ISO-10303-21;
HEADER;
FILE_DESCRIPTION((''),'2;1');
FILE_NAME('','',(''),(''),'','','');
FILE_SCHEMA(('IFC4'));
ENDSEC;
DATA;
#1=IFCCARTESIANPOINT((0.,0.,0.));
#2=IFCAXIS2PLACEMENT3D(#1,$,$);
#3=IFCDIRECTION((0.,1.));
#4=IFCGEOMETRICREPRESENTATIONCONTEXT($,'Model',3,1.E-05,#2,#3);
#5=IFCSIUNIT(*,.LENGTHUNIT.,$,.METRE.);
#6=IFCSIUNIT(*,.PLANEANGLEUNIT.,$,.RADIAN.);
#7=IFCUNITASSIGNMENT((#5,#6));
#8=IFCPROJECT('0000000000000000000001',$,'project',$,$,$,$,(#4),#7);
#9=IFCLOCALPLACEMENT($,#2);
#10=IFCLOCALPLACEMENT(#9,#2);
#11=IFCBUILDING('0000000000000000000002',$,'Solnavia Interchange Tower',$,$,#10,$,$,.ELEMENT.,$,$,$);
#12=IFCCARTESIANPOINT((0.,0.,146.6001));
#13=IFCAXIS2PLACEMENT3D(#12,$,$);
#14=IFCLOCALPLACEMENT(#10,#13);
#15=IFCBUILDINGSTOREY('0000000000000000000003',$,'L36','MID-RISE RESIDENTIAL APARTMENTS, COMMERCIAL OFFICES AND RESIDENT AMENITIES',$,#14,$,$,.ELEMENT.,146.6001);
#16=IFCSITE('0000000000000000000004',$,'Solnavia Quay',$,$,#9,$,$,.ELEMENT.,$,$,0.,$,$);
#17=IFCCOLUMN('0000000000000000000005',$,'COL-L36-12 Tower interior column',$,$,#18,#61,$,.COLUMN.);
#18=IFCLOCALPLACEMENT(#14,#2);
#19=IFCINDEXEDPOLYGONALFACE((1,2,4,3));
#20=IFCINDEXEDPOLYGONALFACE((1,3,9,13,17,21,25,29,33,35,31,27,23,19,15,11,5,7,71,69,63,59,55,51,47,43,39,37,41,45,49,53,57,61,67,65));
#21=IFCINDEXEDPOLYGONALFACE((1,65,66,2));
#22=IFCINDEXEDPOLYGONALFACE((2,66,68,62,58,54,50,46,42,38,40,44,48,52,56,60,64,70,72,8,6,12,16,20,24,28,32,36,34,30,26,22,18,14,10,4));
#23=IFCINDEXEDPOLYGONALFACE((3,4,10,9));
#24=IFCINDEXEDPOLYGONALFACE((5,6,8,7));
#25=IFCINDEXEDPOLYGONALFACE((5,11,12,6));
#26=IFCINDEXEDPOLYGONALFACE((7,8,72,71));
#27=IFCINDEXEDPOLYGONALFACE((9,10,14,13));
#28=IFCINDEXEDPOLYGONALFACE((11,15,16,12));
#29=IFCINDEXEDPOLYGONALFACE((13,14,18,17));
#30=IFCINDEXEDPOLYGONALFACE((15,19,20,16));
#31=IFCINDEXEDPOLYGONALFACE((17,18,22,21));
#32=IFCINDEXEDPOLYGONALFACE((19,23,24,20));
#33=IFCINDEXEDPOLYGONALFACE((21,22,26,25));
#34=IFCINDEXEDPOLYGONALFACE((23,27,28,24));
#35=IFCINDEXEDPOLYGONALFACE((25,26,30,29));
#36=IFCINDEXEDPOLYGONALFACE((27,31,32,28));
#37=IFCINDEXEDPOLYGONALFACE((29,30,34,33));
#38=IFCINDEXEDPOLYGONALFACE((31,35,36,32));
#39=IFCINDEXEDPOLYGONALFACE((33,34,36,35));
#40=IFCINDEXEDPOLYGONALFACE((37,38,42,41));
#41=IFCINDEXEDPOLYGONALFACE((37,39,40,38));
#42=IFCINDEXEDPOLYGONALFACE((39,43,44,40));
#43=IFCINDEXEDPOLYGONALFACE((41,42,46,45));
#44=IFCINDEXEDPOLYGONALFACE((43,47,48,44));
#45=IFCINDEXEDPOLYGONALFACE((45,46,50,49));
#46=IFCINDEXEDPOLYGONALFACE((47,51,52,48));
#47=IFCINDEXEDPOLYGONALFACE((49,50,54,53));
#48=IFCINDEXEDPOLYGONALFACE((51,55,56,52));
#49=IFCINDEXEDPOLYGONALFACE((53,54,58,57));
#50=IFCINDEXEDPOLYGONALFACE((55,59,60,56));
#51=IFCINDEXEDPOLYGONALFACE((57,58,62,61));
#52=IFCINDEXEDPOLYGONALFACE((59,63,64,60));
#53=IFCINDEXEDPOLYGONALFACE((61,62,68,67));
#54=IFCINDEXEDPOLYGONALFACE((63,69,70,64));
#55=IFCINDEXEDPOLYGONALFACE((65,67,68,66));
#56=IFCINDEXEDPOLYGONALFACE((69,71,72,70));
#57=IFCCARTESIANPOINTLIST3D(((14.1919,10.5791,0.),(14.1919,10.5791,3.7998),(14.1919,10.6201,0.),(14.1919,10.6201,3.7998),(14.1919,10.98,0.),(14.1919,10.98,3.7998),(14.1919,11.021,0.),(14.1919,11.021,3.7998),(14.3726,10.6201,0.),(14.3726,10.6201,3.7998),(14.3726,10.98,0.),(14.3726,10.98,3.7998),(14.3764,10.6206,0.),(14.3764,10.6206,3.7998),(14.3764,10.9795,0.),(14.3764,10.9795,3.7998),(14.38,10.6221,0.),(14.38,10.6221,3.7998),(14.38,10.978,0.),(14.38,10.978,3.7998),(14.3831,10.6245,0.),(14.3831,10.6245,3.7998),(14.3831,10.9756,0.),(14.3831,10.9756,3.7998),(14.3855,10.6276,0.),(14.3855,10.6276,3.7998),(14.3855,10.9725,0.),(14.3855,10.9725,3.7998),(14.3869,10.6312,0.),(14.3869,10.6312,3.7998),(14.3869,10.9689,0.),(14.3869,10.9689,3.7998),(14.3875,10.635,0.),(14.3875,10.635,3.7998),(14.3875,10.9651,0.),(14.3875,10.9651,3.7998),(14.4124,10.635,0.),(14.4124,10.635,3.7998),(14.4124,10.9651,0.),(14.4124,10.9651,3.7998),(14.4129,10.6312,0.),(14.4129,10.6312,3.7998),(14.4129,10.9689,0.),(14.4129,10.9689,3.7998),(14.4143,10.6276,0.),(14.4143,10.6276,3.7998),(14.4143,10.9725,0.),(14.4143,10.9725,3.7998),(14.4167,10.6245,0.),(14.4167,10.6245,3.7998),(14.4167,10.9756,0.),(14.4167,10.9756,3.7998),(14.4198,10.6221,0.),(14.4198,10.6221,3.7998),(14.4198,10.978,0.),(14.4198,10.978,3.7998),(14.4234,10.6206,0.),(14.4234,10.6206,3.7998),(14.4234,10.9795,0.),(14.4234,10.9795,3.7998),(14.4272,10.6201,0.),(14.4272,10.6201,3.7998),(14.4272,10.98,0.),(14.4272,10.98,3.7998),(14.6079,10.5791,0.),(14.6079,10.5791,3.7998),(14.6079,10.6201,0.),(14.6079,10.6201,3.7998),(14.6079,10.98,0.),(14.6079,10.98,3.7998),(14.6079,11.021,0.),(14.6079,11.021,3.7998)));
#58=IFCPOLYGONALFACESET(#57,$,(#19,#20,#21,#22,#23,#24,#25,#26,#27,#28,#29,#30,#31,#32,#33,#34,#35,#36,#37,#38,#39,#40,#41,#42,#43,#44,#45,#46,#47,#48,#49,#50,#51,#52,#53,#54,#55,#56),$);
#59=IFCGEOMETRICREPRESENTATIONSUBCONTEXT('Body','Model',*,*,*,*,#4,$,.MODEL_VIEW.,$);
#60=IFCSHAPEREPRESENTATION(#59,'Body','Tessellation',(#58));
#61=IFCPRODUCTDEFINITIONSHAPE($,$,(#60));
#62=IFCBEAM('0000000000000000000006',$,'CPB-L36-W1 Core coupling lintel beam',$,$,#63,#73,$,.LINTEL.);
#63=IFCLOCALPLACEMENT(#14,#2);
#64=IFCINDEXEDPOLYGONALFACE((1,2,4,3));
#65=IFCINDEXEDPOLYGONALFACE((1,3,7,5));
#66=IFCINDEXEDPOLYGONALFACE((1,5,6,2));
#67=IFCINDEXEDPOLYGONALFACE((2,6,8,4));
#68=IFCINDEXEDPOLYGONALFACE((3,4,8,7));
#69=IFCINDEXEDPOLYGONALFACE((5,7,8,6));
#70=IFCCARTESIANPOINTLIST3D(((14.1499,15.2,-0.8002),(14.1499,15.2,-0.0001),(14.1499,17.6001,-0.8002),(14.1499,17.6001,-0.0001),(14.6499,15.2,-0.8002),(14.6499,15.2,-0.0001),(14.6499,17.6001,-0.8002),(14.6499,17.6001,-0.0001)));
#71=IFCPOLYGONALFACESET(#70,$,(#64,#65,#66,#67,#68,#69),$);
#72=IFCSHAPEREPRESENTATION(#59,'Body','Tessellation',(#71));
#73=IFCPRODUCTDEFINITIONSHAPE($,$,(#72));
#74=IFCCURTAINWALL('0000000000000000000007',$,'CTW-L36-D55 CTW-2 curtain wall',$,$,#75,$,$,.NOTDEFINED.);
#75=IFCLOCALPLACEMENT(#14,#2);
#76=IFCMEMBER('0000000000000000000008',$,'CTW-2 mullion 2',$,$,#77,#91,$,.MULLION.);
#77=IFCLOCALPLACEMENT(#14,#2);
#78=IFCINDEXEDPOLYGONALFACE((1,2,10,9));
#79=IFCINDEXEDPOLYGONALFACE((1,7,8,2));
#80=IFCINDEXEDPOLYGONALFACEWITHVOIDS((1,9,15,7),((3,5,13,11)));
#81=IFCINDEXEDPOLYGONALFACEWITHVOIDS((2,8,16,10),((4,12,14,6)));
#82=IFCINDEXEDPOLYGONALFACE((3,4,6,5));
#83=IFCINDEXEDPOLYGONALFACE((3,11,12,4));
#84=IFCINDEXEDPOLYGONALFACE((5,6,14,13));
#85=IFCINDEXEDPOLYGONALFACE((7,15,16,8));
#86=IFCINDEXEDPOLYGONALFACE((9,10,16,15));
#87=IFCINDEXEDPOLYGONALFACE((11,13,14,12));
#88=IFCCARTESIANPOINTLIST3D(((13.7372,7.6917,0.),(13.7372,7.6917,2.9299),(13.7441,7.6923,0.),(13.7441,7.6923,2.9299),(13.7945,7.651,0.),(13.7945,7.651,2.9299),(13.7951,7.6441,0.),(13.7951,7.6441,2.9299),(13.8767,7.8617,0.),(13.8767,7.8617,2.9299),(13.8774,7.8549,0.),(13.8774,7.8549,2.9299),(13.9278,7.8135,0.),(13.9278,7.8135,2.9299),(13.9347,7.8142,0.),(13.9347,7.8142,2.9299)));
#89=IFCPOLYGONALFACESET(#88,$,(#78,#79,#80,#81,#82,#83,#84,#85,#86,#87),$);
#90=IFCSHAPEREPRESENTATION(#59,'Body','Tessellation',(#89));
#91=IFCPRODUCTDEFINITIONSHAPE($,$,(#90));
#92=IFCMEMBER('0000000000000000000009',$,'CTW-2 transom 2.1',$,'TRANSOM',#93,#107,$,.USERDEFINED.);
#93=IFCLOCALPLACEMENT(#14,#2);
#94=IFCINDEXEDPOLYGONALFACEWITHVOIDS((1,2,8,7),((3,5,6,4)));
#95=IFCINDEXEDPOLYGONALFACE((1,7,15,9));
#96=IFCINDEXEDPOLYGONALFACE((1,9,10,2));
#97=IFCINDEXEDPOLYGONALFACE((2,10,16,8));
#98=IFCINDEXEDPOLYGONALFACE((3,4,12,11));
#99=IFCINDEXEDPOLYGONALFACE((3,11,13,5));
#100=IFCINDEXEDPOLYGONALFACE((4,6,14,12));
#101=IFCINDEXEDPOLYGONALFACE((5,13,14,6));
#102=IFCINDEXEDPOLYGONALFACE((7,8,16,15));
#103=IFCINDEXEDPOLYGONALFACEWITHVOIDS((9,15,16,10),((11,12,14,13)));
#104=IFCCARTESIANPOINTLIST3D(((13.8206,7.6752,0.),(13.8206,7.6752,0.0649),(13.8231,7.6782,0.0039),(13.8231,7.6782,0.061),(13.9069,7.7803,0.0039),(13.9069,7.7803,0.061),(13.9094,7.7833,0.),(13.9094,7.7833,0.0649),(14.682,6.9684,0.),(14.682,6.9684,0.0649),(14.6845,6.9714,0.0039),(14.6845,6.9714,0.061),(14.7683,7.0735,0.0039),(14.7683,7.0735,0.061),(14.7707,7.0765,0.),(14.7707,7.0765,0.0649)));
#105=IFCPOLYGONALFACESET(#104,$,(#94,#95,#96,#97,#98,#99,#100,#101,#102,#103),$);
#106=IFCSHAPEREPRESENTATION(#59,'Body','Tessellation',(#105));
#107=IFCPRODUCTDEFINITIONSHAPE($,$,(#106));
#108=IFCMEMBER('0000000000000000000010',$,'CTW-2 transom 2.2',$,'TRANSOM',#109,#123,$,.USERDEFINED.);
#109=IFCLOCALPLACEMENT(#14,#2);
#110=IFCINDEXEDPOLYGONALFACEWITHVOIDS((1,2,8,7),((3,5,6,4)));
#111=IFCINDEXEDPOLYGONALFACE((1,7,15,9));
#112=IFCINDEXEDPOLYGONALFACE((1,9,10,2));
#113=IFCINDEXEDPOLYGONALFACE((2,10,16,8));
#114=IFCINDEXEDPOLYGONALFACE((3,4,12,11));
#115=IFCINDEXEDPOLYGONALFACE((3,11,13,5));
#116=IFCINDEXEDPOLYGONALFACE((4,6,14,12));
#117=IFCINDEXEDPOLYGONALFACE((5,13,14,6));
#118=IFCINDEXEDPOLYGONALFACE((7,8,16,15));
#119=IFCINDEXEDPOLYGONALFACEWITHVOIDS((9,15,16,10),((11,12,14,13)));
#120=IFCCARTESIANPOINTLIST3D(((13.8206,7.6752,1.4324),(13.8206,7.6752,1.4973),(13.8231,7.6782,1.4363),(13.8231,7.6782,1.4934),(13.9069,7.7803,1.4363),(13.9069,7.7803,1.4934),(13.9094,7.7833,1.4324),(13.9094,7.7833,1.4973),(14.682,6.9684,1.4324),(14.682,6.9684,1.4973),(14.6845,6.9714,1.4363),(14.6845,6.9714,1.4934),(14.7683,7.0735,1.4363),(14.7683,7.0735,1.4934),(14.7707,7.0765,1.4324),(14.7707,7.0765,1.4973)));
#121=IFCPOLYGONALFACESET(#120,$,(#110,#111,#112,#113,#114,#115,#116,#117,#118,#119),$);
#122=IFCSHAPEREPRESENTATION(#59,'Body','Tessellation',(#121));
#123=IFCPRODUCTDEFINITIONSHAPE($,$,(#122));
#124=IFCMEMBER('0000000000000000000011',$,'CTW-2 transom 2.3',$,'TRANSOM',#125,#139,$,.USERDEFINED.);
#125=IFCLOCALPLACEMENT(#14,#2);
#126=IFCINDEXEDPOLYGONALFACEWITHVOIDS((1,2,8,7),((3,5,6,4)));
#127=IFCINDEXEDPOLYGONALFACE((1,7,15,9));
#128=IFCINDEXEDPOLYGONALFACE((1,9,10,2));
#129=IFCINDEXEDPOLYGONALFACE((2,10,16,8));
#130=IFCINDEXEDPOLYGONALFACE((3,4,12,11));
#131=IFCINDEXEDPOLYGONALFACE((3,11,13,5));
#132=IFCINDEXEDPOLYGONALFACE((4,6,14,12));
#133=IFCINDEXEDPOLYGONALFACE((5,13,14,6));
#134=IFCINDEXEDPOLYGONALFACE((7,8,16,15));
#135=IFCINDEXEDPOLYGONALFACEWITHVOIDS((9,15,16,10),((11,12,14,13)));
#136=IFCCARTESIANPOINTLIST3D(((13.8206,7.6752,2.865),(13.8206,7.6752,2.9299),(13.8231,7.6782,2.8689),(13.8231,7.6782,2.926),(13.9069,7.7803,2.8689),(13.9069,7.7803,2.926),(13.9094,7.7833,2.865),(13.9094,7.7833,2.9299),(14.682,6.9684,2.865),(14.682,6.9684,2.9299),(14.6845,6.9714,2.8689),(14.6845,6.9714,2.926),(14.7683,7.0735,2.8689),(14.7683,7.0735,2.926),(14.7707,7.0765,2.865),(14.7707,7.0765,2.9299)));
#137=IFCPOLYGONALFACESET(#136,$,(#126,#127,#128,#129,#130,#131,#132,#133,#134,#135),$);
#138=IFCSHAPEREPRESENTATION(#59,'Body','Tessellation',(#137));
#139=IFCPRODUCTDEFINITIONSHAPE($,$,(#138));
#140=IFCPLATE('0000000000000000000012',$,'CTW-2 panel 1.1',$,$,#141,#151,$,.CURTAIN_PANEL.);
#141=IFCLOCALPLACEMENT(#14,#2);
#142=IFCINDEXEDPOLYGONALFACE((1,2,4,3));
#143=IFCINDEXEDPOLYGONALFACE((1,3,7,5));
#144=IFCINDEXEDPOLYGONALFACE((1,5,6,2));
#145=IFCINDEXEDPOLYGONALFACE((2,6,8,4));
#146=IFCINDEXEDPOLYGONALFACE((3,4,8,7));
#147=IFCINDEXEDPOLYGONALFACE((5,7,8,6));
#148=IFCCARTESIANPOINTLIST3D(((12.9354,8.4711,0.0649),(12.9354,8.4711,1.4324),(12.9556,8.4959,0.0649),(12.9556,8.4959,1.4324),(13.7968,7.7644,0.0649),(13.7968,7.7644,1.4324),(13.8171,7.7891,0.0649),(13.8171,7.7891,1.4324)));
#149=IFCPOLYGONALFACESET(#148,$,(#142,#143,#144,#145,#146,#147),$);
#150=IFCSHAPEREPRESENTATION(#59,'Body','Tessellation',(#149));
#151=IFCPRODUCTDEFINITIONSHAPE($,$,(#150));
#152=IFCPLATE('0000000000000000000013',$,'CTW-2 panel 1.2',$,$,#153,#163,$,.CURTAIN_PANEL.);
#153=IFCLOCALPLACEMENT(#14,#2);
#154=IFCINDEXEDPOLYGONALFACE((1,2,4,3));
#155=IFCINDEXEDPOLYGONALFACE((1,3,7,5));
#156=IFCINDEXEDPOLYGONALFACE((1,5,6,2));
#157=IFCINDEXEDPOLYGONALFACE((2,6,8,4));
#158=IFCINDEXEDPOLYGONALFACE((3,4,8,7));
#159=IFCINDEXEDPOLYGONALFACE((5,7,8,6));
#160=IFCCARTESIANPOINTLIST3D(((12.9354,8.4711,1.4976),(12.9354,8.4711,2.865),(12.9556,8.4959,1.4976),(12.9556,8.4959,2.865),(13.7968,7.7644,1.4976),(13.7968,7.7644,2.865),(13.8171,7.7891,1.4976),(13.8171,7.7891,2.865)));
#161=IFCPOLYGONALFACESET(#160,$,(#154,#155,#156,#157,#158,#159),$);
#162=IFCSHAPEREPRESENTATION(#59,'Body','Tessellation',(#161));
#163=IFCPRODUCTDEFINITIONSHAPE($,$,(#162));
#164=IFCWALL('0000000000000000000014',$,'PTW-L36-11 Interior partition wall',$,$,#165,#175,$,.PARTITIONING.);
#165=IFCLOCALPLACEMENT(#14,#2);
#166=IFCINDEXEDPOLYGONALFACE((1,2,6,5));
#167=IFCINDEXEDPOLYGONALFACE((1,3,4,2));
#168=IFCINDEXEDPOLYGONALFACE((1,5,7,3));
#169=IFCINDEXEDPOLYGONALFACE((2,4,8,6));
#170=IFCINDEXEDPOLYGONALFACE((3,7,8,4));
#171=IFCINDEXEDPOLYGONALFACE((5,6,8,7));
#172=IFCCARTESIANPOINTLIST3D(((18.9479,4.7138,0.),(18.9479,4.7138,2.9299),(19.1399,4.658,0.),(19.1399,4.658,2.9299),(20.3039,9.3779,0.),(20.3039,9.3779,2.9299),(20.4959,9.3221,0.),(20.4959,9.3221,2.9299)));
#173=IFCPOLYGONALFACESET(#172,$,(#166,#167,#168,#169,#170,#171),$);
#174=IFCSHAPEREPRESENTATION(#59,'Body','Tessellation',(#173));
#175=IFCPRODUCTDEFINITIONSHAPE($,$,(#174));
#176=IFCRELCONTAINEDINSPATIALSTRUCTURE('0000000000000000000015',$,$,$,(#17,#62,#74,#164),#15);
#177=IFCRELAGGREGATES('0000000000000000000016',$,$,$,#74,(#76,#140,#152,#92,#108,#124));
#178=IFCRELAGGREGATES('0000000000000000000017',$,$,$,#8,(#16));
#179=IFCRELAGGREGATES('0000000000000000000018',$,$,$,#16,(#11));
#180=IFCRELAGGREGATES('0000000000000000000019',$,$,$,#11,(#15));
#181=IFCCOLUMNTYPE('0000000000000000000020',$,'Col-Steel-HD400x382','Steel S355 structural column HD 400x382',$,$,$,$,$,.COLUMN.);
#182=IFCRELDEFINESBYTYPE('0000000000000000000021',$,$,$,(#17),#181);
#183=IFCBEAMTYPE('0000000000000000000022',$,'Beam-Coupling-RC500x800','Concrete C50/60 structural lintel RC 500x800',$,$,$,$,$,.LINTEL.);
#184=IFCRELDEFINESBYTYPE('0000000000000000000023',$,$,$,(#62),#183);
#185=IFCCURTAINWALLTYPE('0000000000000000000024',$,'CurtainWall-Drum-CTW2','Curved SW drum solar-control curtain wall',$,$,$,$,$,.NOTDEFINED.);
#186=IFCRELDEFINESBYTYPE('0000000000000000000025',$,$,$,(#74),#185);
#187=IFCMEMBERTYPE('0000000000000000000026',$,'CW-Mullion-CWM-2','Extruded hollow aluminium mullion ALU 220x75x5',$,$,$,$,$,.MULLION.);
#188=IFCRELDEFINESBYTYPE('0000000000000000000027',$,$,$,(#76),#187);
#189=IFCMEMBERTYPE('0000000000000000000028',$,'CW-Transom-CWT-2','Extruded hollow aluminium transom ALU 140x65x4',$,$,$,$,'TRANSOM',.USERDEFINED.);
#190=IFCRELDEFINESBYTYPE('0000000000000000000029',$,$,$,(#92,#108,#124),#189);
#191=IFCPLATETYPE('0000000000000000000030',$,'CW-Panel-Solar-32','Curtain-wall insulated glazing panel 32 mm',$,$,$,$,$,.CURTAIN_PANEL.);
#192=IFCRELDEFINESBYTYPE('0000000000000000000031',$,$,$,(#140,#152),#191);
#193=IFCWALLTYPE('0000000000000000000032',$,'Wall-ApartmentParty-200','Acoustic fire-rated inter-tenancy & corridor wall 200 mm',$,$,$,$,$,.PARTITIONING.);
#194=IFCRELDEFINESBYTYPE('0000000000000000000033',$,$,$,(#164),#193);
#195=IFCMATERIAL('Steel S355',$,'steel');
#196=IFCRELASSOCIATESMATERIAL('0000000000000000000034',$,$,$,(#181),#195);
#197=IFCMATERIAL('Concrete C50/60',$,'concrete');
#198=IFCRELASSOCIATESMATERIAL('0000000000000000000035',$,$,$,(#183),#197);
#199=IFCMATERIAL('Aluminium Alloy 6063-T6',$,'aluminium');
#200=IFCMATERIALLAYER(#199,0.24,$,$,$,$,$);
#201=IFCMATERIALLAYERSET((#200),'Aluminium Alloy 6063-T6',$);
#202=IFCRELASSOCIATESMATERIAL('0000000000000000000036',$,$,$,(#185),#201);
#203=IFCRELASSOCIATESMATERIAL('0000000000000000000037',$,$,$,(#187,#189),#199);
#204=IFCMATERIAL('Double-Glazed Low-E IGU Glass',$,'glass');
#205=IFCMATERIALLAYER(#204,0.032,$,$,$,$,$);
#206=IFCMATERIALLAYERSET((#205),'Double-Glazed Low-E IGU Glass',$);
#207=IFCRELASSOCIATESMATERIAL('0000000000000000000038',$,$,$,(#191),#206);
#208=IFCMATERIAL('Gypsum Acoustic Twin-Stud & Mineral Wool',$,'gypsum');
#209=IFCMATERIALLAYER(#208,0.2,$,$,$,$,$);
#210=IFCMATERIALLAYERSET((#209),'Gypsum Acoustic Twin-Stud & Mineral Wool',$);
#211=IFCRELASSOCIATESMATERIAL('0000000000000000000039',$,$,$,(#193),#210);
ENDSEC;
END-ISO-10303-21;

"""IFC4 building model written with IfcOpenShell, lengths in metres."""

from ifc_helpers import new_model, si_unit, direction, frame, frame_2d, origin, origin_2d, place, context, subcontext, project, spatial, rectangle, hollow_rectangle, i_section, extrude, material, layer, layer_set, material_profile, profile_set, type_object, element, aggregate, save


model = new_model("IFC4")

# Units and contexts
model_context = context("Model", 3, precision=1e-05, world=origin(), true_north=direction((0.0, 1.0)))
body_context = subcontext(model_context, "Body", "Model", "MODEL_VIEW")
ifc_project = project(units=[si_unit("LENGTHUNIT", "METRE"), si_unit("PLANEANGLEUNIT", "RADIAN")], contexts=[model_context])

# Site, building, storey
site_placement = place(None, origin())
site = spatial("IfcSite", under=ifc_project, at=site_placement, Name="Solnavia Quay", CompositionType="ELEMENT", RefElevation=0.0)
building_placement = place(site_placement, origin())
building = spatial("IfcBuilding", under=site, at=building_placement, Name="Solnavia Interchange Tower", CompositionType="ELEMENT")
storey_placement = place(building_placement, frame((0.0, 0.0, 146.6001)))
storey = spatial("IfcBuildingStorey", under=building, at=storey_placement, Name="L36", Description="MID-RISE RESIDENTIAL APARTMENTS, COMMERCIAL OFFICES AND RESIDENT AMENITIES", CompositionType="ELEMENT", Elevation=146.6001)

# Column
ifc_material_1 = material(Name="Steel S355", Category="steel")
ifc_material_profile_1 = material_profile(ifc_material_1, i_section(OverallWidth=0.416, OverallDepth=0.4419, WebThickness=0.0249, FlangeThickness=0.041, FilletRadius=0.0149, at=origin_2d()), Name="HD 400x382")
ifc_profile_set_1 = profile_set([ifc_material_profile_1], Name="Steel S355")
column_type = type_object("IfcColumnType", Name="Col-Steel-HD400x382", Description="Steel S355 structural column HD 400x382", PredefinedType="COLUMN", material=ifc_profile_set_1)
column_placement = place(storey_placement, frame((14.3999, 10.8, 0.0), z_axis=(0.0, 0.0, 1.0), x_axis=(1.0, 0.0, 0.0)))
element("IfcColumn", 1, at=column_placement, inside=storey, type_object=column_type, Name="COL-L36-12 Tower interior column", PredefinedType="COLUMN", context=body_context, shape_type="SweptSolid", body=[
    extrude(i_section(OverallWidth=0.416, OverallDepth=0.4419, WebThickness=0.0249, FlangeThickness=0.041, FilletRadius=0.0149, at=origin_2d()), origin(), (0.0, 0.0, 1.0), 3.7998),
])

# Beam
ifc_material_2 = material(Name="Concrete C50/60", Category="concrete")
ifc_material_profile_2 = material_profile(ifc_material_2, rectangle(XDim=0.5, YDim=0.8, at=origin_2d()), Name="RC 500x800")
ifc_profile_set_2 = profile_set([ifc_material_profile_2], Name="Concrete C50/60")
beam_type = type_object("IfcBeamType", Name="Beam-Coupling-RC500x800", Description="Concrete C50/60 structural lintel RC 500x800", PredefinedType="LINTEL", material=ifc_profile_set_2)
beam_placement = place(storey_placement, frame((14.3999, 15.2, -0.4001), z_axis=(0.0, 1.0, 0.0), x_axis=(-1.0, 0.0, 0.0)))
element("IfcBeam", 2, at=beam_placement, inside=storey, type_object=beam_type, Name="CPB-L36-W1 Core coupling lintel beam", PredefinedType="LINTEL", context=body_context, shape_type="SweptSolid", body=[
    extrude(rectangle(XDim=0.5, YDim=0.8, at=origin_2d()), origin(), (0.0, 0.0, 1.0), 2.4001),
])

# Curtain wall, members, plates
ifc_material_3 = material(Name="Aluminium Alloy 6063-T6", Category="aluminium")
ifc_layer_1 = layer(ifc_material_3, 0.24)
ifc_layer_set_1 = layer_set([ifc_layer_1], Name="Aluminium Alloy 6063-T6")
curtain_wall_type = type_object("IfcCurtainWallType", Name="CurtainWall-Drum-CTW2", Description="Curved SW drum solar-control curtain wall", PredefinedType="NOTDEFINED", material=ifc_layer_set_1)
curtain_wall_placement = place(storey_placement, origin())
curtain_wall = element("IfcCurtainWall", 3, at=curtain_wall_placement, inside=storey, type_object=curtain_wall_type, Name="CTW-L36-D55 CTW-2 curtain wall", PredefinedType="NOTDEFINED")
ifc_material_profile_3 = material_profile(ifc_material_3, hollow_rectangle(XDim=0.075, YDim=0.22, WallThickness=0.0049, at=origin_2d()), Name="ALU 220x75x5")
ifc_profile_set_3 = profile_set([ifc_material_profile_3], Name="Aluminium Alloy 6063-T6")
member_type_1 = type_object("IfcMemberType", Name="CW-Mullion-CWM-2", Description="Extruded hollow aluminium mullion ALU 220x75x5", PredefinedType="MULLION", material=ifc_profile_set_3)
member_1_placement = place(storey_placement, frame((13.8359, 7.7529, 0.0), z_axis=(0.0, 0.0, 1.0), x_axis=(0.773103, -0.63428, 0.0)))
member_1 = element("IfcMember", 4, at=member_1_placement, type_object=member_type_1, Name="CTW-2 mullion 2", PredefinedType="MULLION", context=body_context, shape_type="SweptSolid", body=[
    extrude(hollow_rectangle(XDim=0.075, YDim=0.22, WallThickness=0.0049, at=origin_2d()), origin(), (0.0, 0.0, 1.0), 2.9299),
])
ifc_material_profile_4 = material_profile(ifc_material_3, hollow_rectangle(XDim=0.0649, YDim=0.1399, WallThickness=0.0039, at=origin_2d()), Name="ALU 140x65x4")
ifc_profile_set_4 = profile_set([ifc_material_profile_4], Name="Aluminium Alloy 6063-T6")
member_type_2 = type_object("IfcMemberType", Name="CW-Transom-CWT-2", Description="Extruded hollow aluminium transom ALU 140x65x4", ElementType="TRANSOM", PredefinedType="USERDEFINED", material=ifc_profile_set_4)
member_2_placement = place(storey_placement, frame((13.865, 7.7292, 0.0325), z_axis=(0.773049, -0.634347, 0.0), x_axis=(0.0, 0.0, 1.0)))
member_2 = element("IfcMember", 5, at=member_2_placement, type_object=member_type_2, Name="CTW-2 transom 2.1", ObjectType="TRANSOM", PredefinedType="USERDEFINED", context=body_context, shape_type="SweptSolid", body=[
    extrude(hollow_rectangle(XDim=0.0649, YDim=0.1399, WallThickness=0.0039, at=origin_2d()), origin(), (0.0, 0.0, 1.0), 1.1143),
])
member_3_placement = place(storey_placement, frame((13.865, 7.7292, 1.4648), z_axis=(0.773049, -0.634347, 0.0), x_axis=(0.0, 0.0, 1.0)))
member_3 = element("IfcMember", 6, at=member_3_placement, type_object=member_type_2, Name="CTW-2 transom 2.2", ObjectType="TRANSOM", PredefinedType="USERDEFINED", context=body_context, shape_type="SweptSolid", body=[
    extrude(hollow_rectangle(XDim=0.0649, YDim=0.1399, WallThickness=0.0039, at=origin_2d()), origin(), (0.0, 0.0, 1.0), 1.1143),
])
member_4_placement = place(storey_placement, frame((13.865, 7.7292, 2.8975), z_axis=(0.773049, -0.634347, 0.0), x_axis=(0.0, 0.0, 1.0)))
member_4 = element("IfcMember", 7, at=member_4_placement, type_object=member_type_2, Name="CTW-2 transom 2.3", ObjectType="TRANSOM", PredefinedType="USERDEFINED", context=body_context, shape_type="SweptSolid", body=[
    extrude(hollow_rectangle(XDim=0.0649, YDim=0.1399, WallThickness=0.0039, at=origin_2d()), origin(), (0.0, 0.0, 1.0), 1.1143),
])
ifc_material_4 = material(Name="Double-Glazed Low-E IGU Glass", Category="glass")
ifc_layer_2 = layer(ifc_material_4, 0.032)
ifc_layer_set_2 = layer_set([ifc_layer_2], Name="Double-Glazed Low-E IGU Glass")
plate_type = type_object("IfcPlateType", Name="CW-Panel-Solar-32", Description="Curtain-wall insulated glazing panel 32 mm", PredefinedType="CURTAIN_PANEL", material=ifc_layer_set_2)
plate_1_placement = place(storey_placement, frame((13.3762, 8.1301, 0.0649), z_axis=(0.0, 0.0, 1.0), x_axis=(0.773103, -0.63428, 0.0)))
plate_1 = element("IfcPlate", 8, at=plate_1_placement, type_object=plate_type, Name="CTW-2 panel 1.1", PredefinedType="CURTAIN_PANEL", context=body_context, shape_type="SweptSolid", body=[
    extrude(rectangle(XDim=1.1143, YDim=0.032, at=origin_2d()), origin(), (0.0, 0.0, 1.0), 1.3674),
])
plate_2_placement = place(storey_placement, frame((13.3762, 8.1301, 1.4976), z_axis=(0.0, 0.0, 1.0), x_axis=(0.773103, -0.63428, 0.0)))
plate_2 = element("IfcPlate", 9, at=plate_2_placement, type_object=plate_type, Name="CTW-2 panel 1.2", PredefinedType="CURTAIN_PANEL", context=body_context, shape_type="SweptSolid", body=[
    extrude(rectangle(XDim=1.1143, YDim=0.032, at=origin_2d()), origin(), (0.0, 0.0, 1.0), 1.3674),
])
aggregate(curtain_wall, [member_1, plate_1, plate_2, member_2, member_3, member_4])

# Wall
ifc_material_5 = material(Name="Gypsum Acoustic Twin-Stud & Mineral Wool", Category="gypsum")
ifc_layer_3 = layer(ifc_material_5, 0.2)
ifc_layer_set_3 = layer_set([ifc_layer_3], Name="Gypsum Acoustic Twin-Stud & Mineral Wool")
wall_type_1 = type_object("IfcWallType", Name="Wall-ApartmentParty-200", Description="Acoustic fire-rated inter-tenancy & corridor wall 200 mm", PredefinedType="PARTITIONING", material=ifc_layer_set_3)
wall_1_placement = place(storey_placement, frame((20.3999, 9.3501, 0.0), z_axis=(0.0, 0.0, 1.0), x_axis=(-0.279166, -0.960243, 0.0)))
element("IfcWall", 10, at=wall_1_placement, inside=storey, type_object=wall_type_1, Name="PTW-L36-11 Interior partition wall", PredefinedType="PARTITIONING", context=body_context, shape_type="SweptSolid", body=[
    extrude(rectangle(XDim=4.8572, YDim=0.2, at=frame_2d((2.4287, 0.0))), origin(), (0.0, 0.0, 1.0), 2.9299),
])

save(model, "model.ifc")
